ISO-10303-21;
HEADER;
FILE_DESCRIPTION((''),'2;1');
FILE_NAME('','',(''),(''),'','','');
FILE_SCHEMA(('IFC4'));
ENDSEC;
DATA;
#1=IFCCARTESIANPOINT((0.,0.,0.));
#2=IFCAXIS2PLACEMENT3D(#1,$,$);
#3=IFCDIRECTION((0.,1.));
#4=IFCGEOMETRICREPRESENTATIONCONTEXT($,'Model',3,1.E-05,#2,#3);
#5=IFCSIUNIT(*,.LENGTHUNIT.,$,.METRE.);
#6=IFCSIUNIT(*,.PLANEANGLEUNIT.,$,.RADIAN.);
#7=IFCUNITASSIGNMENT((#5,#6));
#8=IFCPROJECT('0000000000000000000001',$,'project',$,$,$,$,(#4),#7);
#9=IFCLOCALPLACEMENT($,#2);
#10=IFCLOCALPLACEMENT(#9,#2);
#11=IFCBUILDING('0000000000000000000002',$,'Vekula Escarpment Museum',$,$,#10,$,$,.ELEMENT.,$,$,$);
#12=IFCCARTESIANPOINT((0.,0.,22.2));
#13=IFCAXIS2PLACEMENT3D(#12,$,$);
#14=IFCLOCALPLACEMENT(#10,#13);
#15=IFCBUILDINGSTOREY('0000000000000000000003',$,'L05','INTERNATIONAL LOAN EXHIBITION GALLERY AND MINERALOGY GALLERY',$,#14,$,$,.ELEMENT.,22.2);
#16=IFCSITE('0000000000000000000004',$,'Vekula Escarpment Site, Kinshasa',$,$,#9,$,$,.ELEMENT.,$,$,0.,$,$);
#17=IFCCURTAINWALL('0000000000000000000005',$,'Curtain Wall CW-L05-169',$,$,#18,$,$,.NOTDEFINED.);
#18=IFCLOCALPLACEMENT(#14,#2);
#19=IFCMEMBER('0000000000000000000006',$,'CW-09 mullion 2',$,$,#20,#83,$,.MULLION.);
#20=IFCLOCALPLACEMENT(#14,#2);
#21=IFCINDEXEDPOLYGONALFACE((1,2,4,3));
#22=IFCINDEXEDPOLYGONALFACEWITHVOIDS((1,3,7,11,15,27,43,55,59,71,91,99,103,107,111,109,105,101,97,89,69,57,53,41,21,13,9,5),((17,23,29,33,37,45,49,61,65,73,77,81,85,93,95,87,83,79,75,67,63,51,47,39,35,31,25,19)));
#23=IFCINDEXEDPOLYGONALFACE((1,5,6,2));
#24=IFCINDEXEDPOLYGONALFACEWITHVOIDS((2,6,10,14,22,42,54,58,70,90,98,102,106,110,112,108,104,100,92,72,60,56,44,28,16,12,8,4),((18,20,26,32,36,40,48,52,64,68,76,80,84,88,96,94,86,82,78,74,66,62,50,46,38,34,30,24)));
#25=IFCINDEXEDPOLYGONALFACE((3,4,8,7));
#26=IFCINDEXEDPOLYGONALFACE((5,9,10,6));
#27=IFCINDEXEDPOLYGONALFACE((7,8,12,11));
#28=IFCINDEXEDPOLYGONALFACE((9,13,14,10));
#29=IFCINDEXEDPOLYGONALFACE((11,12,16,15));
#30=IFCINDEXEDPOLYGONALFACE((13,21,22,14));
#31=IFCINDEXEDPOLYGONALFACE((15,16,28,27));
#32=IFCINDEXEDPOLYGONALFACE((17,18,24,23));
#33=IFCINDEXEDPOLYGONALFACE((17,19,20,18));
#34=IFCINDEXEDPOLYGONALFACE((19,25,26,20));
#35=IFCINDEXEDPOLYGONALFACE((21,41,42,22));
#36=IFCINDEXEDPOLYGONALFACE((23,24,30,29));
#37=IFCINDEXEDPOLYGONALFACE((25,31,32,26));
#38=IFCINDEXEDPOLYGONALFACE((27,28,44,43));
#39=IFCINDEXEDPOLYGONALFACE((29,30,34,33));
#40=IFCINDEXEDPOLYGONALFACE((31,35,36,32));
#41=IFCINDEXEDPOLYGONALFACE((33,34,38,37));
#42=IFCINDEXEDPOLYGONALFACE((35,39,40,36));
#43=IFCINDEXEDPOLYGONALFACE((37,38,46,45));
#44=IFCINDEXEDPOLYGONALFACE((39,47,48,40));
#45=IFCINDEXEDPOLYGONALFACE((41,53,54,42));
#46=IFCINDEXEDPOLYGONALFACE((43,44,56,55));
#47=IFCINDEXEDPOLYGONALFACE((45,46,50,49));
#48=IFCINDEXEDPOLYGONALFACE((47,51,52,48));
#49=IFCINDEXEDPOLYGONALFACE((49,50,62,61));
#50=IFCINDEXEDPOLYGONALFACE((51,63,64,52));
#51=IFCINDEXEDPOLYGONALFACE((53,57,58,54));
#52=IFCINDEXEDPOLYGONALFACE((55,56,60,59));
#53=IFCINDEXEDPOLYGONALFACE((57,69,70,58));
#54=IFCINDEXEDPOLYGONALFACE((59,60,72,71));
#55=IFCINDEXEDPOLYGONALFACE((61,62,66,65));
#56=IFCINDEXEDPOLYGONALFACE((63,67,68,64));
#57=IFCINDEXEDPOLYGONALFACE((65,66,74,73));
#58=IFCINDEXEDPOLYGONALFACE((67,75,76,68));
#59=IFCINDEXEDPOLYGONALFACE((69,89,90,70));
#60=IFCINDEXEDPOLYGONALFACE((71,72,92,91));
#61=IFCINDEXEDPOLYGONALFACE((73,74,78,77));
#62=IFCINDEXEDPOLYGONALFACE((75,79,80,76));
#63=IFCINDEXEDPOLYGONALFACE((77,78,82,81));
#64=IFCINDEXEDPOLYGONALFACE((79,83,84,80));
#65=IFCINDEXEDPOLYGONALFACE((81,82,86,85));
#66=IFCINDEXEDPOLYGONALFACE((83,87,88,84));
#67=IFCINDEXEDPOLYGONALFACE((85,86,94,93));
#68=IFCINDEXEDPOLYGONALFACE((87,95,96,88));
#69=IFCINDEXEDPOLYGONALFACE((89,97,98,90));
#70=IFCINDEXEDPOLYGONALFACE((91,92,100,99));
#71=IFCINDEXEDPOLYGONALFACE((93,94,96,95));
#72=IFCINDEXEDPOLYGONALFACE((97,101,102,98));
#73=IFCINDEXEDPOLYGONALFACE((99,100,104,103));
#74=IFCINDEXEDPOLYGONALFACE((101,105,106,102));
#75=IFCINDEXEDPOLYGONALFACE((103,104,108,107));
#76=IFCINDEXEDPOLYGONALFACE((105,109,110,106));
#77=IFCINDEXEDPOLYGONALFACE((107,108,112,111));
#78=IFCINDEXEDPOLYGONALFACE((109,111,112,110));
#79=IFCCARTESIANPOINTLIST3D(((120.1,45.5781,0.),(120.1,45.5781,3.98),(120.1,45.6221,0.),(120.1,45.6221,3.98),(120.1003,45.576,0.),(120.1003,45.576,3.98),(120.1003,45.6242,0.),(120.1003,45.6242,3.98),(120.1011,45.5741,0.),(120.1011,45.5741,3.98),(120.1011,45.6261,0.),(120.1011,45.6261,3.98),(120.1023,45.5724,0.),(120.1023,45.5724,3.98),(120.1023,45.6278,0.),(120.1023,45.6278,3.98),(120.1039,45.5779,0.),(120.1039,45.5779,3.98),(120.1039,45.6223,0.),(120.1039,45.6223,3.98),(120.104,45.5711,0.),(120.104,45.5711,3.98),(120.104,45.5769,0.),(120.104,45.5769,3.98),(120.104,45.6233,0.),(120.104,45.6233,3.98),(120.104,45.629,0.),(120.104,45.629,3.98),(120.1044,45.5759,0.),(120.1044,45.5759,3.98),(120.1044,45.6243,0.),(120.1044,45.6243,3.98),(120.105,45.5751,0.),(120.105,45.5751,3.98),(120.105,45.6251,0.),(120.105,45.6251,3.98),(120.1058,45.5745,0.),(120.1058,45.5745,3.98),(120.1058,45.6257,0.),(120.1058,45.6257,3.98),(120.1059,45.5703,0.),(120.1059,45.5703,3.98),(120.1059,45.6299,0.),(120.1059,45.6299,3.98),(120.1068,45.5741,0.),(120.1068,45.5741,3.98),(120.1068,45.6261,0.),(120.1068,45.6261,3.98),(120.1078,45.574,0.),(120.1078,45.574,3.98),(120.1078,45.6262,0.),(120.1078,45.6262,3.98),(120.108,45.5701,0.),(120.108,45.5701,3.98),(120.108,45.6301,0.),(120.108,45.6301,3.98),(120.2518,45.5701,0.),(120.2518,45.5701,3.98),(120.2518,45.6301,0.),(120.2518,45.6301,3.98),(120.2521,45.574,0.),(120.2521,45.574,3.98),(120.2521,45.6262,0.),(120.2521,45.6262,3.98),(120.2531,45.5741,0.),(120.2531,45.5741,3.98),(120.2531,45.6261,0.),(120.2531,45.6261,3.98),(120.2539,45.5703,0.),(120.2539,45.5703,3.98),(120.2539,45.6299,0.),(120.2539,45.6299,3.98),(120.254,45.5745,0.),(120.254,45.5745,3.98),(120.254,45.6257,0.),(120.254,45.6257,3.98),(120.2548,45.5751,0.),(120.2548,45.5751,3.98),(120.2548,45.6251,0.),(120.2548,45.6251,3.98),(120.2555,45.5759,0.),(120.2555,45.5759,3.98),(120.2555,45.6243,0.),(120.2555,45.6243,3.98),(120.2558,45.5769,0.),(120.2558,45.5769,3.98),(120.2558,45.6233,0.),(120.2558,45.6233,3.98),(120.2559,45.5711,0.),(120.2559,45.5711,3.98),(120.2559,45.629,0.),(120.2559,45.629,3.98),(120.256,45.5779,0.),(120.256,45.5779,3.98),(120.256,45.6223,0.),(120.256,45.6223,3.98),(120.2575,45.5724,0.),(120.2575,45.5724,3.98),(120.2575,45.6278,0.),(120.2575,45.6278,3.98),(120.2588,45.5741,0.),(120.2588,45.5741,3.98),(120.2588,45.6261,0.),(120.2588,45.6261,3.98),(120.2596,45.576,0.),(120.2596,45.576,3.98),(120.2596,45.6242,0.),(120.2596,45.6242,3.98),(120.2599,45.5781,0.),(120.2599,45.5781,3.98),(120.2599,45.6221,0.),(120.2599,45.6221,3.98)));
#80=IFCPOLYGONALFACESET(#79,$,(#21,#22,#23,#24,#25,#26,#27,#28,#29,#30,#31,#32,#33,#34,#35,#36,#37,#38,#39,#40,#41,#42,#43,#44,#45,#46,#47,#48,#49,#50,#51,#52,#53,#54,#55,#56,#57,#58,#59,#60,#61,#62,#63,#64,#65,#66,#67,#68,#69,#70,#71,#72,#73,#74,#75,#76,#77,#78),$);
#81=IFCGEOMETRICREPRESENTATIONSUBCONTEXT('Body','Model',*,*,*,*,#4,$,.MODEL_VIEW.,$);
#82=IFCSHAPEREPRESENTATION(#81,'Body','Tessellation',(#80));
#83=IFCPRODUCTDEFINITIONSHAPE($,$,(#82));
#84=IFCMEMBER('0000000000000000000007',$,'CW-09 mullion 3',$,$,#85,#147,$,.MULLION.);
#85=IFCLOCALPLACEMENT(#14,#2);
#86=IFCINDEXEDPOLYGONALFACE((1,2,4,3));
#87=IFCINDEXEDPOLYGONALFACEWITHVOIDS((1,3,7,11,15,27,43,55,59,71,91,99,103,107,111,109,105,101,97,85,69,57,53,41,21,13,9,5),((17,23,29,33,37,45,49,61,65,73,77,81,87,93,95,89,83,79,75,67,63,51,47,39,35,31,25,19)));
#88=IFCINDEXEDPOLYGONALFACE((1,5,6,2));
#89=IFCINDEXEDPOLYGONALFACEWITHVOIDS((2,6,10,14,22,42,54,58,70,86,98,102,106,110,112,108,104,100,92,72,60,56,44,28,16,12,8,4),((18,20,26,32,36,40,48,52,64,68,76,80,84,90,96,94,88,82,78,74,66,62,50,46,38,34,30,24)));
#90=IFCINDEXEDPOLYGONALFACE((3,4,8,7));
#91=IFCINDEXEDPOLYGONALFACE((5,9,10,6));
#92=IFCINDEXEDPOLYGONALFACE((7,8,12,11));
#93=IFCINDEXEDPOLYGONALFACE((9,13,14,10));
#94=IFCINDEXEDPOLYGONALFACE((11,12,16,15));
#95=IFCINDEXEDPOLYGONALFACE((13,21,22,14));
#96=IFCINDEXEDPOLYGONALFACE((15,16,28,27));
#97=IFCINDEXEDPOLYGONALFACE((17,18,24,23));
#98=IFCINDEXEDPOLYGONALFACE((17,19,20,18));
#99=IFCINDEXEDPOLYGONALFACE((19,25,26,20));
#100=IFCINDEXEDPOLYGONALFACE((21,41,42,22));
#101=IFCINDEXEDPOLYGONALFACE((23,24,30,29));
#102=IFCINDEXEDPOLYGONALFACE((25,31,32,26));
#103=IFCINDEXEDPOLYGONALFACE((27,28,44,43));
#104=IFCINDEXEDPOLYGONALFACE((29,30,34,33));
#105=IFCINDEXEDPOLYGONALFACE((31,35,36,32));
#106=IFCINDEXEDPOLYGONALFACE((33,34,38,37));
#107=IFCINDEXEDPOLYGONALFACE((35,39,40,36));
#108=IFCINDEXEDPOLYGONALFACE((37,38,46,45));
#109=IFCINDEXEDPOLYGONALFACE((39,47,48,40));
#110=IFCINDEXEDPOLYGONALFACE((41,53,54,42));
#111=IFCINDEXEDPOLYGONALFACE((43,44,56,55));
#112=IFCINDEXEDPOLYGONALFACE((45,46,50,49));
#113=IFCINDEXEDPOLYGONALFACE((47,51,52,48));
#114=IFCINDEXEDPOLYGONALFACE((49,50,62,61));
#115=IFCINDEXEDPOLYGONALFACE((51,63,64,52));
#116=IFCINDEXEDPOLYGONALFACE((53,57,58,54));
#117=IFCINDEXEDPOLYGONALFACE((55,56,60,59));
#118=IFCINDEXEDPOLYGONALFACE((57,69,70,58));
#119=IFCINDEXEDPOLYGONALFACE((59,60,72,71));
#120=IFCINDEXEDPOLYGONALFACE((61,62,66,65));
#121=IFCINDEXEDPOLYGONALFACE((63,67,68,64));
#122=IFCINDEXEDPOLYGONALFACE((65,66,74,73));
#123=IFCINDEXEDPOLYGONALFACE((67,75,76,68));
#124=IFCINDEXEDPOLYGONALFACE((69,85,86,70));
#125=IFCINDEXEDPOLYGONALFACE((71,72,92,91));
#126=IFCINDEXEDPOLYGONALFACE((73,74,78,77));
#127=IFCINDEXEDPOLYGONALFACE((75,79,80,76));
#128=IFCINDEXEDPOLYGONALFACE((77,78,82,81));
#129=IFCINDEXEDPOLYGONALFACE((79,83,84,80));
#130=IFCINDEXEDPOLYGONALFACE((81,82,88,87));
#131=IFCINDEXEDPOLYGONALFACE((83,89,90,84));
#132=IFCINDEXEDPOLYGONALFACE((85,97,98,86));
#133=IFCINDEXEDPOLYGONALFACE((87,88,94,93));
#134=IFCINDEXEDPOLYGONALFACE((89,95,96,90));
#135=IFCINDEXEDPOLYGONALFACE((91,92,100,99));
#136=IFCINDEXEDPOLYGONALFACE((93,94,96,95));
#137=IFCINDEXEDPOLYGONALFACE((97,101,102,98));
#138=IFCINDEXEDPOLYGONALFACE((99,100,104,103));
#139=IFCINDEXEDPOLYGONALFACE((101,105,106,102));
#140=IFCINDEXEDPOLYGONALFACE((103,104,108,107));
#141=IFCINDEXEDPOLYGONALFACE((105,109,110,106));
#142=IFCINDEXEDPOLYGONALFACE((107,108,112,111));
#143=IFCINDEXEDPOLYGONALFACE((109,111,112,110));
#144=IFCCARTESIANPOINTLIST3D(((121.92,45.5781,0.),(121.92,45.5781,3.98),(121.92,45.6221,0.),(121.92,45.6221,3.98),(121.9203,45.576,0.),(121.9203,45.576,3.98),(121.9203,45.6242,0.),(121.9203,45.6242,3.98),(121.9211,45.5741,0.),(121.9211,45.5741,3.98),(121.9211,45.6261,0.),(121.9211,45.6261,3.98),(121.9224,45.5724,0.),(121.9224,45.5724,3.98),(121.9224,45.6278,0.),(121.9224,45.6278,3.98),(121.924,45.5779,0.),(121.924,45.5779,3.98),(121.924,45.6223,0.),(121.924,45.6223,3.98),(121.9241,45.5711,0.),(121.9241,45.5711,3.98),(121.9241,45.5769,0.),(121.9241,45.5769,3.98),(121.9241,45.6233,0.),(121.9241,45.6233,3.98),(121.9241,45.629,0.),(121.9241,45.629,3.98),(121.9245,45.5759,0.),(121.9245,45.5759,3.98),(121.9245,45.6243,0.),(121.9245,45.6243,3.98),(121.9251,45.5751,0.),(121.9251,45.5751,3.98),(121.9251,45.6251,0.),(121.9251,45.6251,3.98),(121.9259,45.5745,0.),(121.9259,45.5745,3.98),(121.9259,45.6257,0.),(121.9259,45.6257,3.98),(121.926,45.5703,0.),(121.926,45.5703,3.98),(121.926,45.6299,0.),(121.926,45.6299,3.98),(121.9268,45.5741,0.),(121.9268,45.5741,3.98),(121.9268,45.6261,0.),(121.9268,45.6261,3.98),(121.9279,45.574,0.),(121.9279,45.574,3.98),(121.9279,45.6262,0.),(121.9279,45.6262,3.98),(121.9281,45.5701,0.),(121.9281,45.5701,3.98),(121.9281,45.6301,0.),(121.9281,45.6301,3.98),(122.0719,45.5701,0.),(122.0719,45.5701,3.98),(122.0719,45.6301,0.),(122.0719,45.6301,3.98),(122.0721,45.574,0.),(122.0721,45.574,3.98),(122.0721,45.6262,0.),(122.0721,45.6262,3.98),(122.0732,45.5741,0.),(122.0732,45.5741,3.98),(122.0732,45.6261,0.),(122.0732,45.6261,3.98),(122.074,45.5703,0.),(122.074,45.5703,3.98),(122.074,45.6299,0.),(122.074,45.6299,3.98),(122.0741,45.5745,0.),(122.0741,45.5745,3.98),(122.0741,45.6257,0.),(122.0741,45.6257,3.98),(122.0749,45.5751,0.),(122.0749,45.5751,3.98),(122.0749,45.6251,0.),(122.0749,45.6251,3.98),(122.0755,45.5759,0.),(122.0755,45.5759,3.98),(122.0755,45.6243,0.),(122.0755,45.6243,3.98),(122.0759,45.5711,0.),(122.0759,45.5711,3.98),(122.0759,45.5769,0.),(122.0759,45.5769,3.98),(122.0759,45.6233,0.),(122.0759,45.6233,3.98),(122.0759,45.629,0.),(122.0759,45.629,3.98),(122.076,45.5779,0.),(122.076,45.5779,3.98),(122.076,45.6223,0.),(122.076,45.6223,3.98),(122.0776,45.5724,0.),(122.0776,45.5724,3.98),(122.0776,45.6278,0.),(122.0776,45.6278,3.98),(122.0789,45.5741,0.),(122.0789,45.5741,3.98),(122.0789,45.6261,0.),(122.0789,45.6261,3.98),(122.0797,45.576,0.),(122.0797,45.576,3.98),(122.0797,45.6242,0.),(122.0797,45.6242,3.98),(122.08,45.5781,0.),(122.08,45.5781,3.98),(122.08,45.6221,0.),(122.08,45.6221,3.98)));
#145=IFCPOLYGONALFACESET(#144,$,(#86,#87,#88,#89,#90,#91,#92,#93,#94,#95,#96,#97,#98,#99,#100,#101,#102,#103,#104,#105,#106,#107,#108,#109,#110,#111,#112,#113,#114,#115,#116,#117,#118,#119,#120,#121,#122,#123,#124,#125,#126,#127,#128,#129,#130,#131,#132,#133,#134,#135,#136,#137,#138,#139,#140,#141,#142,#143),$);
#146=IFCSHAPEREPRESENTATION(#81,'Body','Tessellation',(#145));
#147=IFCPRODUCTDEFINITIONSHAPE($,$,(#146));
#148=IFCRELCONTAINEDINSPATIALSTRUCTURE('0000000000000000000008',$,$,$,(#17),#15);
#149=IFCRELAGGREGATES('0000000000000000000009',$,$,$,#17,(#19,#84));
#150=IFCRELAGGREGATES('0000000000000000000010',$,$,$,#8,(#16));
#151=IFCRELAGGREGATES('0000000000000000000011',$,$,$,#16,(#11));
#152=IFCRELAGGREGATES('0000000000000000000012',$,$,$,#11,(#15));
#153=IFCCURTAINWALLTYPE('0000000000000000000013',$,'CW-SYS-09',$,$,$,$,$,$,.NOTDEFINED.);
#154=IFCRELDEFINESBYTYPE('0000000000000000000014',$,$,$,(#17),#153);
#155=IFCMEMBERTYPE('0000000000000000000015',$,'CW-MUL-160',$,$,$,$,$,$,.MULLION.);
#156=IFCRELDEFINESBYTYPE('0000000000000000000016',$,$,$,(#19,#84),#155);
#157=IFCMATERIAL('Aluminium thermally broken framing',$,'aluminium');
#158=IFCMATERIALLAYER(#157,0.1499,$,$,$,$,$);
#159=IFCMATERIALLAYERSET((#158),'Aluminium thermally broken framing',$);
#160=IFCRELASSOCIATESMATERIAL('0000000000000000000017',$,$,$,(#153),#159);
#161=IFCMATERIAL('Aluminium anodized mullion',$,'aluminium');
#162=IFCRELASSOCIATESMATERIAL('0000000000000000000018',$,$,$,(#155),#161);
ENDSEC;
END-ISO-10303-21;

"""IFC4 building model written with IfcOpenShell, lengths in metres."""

from ifc_helpers import new_model, si_unit, direction, frame, origin, origin_2d, place, context, subcontext, project, spatial, hollow_rectangle, extrude, material, layer, layer_set, material_profile, profile_set, type_object, element, aggregate, save


model = new_model("IFC4")

# Units and contexts
model_context = context("Model", 3, precision=1e-05, world=origin(), true_north=direction((0.0, 1.0)))
body_context = subcontext(model_context, "Body", "Model", "MODEL_VIEW")
ifc_project = project(units=[si_unit("LENGTHUNIT", "METRE"), si_unit("PLANEANGLEUNIT", "RADIAN")], contexts=[model_context])

# Site, building, storey
site_placement = place(None, origin())
site = spatial("IfcSite", under=ifc_project, at=site_placement, Name="Vekula Escarpment Site, Kinshasa", CompositionType="ELEMENT", RefElevation=0.0)
building_placement = place(site_placement, origin())
building = spatial("IfcBuilding", under=site, at=building_placement, Name="Vekula Escarpment Museum", CompositionType="ELEMENT")
storey_placement = place(building_placement, frame((0.0, 0.0, 22.2)))
storey = spatial("IfcBuildingStorey", under=building, at=storey_placement, Name="L05", Description="INTERNATIONAL LOAN EXHIBITION GALLERY AND MINERALOGY GALLERY", CompositionType="ELEMENT", Elevation=22.2)

# Curtain wall, members
ifc_material_1 = material(Name="Aluminium thermally broken framing", Category="aluminium")
ifc_layer_1 = layer(ifc_material_1, 0.1499)
ifc_layer_set_1 = layer_set([ifc_layer_1], Name="Aluminium thermally broken framing")
curtain_wall_type = type_object("IfcCurtainWallType", Name="CW-SYS-09", PredefinedType="NOTDEFINED", material=ifc_layer_set_1)
curtain_wall_placement = place(storey_placement, origin())
curtain_wall = element("IfcCurtainWall", 1, at=curtain_wall_placement, inside=storey, type_object=curtain_wall_type, Name="Curtain Wall CW-L05-169", PredefinedType="NOTDEFINED")
ifc_material_2 = material(Name="Aluminium anodized mullion", Category="aluminium")
ifc_material_profile_1 = material_profile(ifc_material_2, hollow_rectangle(XDim=0.0601, YDim=0.1599, WallThickness=0.0039, InnerFilletRadius=0.0039, OuterFilletRadius=0.0081, at=origin_2d()), Name="ALU 160x60x4")
ifc_profile_set_1 = profile_set([ifc_material_profile_1], Name="Aluminium anodized mullion")
member_type_1 = type_object("IfcMemberType", Name="CW-MUL-160", PredefinedType="MULLION", material=ifc_profile_set_1)
member_1_placement = place(storey_placement, frame((120.1799, 45.6001, 0.0), z_axis=(0.0, 0.0, 1.0), x_axis=(0.0, 1.0, 0.0)))
member_1 = element("IfcMember", 2, at=member_1_placement, type_object=member_type_1, Name="CW-09 mullion 2", PredefinedType="MULLION", context=body_context, shape_type="SweptSolid", body=[
    extrude(hollow_rectangle(XDim=0.0601, YDim=0.1599, WallThickness=0.0039, InnerFilletRadius=0.0039, OuterFilletRadius=0.0081, at=origin_2d()), origin(), (0.0, 0.0, 1.0), 3.98),
])
member_2_placement = place(storey_placement, frame((122.0, 45.6001, 0.0), z_axis=(0.0, 0.0, 1.0), x_axis=(0.0, 1.0, 0.0)))
member_2 = element("IfcMember", 3, at=member_2_placement, type_object=member_type_1, Name="CW-09 mullion 3", PredefinedType="MULLION", context=body_context, shape_type="SweptSolid", body=[
    extrude(hollow_rectangle(XDim=0.0601, YDim=0.1599, WallThickness=0.0039, InnerFilletRadius=0.0039, OuterFilletRadius=0.0081, at=origin_2d()), origin(), (0.0, 0.0, 1.0), 3.98),
])

aggregate(curtain_wall, [member_1, member_2])

save(model, "model.ifc")
